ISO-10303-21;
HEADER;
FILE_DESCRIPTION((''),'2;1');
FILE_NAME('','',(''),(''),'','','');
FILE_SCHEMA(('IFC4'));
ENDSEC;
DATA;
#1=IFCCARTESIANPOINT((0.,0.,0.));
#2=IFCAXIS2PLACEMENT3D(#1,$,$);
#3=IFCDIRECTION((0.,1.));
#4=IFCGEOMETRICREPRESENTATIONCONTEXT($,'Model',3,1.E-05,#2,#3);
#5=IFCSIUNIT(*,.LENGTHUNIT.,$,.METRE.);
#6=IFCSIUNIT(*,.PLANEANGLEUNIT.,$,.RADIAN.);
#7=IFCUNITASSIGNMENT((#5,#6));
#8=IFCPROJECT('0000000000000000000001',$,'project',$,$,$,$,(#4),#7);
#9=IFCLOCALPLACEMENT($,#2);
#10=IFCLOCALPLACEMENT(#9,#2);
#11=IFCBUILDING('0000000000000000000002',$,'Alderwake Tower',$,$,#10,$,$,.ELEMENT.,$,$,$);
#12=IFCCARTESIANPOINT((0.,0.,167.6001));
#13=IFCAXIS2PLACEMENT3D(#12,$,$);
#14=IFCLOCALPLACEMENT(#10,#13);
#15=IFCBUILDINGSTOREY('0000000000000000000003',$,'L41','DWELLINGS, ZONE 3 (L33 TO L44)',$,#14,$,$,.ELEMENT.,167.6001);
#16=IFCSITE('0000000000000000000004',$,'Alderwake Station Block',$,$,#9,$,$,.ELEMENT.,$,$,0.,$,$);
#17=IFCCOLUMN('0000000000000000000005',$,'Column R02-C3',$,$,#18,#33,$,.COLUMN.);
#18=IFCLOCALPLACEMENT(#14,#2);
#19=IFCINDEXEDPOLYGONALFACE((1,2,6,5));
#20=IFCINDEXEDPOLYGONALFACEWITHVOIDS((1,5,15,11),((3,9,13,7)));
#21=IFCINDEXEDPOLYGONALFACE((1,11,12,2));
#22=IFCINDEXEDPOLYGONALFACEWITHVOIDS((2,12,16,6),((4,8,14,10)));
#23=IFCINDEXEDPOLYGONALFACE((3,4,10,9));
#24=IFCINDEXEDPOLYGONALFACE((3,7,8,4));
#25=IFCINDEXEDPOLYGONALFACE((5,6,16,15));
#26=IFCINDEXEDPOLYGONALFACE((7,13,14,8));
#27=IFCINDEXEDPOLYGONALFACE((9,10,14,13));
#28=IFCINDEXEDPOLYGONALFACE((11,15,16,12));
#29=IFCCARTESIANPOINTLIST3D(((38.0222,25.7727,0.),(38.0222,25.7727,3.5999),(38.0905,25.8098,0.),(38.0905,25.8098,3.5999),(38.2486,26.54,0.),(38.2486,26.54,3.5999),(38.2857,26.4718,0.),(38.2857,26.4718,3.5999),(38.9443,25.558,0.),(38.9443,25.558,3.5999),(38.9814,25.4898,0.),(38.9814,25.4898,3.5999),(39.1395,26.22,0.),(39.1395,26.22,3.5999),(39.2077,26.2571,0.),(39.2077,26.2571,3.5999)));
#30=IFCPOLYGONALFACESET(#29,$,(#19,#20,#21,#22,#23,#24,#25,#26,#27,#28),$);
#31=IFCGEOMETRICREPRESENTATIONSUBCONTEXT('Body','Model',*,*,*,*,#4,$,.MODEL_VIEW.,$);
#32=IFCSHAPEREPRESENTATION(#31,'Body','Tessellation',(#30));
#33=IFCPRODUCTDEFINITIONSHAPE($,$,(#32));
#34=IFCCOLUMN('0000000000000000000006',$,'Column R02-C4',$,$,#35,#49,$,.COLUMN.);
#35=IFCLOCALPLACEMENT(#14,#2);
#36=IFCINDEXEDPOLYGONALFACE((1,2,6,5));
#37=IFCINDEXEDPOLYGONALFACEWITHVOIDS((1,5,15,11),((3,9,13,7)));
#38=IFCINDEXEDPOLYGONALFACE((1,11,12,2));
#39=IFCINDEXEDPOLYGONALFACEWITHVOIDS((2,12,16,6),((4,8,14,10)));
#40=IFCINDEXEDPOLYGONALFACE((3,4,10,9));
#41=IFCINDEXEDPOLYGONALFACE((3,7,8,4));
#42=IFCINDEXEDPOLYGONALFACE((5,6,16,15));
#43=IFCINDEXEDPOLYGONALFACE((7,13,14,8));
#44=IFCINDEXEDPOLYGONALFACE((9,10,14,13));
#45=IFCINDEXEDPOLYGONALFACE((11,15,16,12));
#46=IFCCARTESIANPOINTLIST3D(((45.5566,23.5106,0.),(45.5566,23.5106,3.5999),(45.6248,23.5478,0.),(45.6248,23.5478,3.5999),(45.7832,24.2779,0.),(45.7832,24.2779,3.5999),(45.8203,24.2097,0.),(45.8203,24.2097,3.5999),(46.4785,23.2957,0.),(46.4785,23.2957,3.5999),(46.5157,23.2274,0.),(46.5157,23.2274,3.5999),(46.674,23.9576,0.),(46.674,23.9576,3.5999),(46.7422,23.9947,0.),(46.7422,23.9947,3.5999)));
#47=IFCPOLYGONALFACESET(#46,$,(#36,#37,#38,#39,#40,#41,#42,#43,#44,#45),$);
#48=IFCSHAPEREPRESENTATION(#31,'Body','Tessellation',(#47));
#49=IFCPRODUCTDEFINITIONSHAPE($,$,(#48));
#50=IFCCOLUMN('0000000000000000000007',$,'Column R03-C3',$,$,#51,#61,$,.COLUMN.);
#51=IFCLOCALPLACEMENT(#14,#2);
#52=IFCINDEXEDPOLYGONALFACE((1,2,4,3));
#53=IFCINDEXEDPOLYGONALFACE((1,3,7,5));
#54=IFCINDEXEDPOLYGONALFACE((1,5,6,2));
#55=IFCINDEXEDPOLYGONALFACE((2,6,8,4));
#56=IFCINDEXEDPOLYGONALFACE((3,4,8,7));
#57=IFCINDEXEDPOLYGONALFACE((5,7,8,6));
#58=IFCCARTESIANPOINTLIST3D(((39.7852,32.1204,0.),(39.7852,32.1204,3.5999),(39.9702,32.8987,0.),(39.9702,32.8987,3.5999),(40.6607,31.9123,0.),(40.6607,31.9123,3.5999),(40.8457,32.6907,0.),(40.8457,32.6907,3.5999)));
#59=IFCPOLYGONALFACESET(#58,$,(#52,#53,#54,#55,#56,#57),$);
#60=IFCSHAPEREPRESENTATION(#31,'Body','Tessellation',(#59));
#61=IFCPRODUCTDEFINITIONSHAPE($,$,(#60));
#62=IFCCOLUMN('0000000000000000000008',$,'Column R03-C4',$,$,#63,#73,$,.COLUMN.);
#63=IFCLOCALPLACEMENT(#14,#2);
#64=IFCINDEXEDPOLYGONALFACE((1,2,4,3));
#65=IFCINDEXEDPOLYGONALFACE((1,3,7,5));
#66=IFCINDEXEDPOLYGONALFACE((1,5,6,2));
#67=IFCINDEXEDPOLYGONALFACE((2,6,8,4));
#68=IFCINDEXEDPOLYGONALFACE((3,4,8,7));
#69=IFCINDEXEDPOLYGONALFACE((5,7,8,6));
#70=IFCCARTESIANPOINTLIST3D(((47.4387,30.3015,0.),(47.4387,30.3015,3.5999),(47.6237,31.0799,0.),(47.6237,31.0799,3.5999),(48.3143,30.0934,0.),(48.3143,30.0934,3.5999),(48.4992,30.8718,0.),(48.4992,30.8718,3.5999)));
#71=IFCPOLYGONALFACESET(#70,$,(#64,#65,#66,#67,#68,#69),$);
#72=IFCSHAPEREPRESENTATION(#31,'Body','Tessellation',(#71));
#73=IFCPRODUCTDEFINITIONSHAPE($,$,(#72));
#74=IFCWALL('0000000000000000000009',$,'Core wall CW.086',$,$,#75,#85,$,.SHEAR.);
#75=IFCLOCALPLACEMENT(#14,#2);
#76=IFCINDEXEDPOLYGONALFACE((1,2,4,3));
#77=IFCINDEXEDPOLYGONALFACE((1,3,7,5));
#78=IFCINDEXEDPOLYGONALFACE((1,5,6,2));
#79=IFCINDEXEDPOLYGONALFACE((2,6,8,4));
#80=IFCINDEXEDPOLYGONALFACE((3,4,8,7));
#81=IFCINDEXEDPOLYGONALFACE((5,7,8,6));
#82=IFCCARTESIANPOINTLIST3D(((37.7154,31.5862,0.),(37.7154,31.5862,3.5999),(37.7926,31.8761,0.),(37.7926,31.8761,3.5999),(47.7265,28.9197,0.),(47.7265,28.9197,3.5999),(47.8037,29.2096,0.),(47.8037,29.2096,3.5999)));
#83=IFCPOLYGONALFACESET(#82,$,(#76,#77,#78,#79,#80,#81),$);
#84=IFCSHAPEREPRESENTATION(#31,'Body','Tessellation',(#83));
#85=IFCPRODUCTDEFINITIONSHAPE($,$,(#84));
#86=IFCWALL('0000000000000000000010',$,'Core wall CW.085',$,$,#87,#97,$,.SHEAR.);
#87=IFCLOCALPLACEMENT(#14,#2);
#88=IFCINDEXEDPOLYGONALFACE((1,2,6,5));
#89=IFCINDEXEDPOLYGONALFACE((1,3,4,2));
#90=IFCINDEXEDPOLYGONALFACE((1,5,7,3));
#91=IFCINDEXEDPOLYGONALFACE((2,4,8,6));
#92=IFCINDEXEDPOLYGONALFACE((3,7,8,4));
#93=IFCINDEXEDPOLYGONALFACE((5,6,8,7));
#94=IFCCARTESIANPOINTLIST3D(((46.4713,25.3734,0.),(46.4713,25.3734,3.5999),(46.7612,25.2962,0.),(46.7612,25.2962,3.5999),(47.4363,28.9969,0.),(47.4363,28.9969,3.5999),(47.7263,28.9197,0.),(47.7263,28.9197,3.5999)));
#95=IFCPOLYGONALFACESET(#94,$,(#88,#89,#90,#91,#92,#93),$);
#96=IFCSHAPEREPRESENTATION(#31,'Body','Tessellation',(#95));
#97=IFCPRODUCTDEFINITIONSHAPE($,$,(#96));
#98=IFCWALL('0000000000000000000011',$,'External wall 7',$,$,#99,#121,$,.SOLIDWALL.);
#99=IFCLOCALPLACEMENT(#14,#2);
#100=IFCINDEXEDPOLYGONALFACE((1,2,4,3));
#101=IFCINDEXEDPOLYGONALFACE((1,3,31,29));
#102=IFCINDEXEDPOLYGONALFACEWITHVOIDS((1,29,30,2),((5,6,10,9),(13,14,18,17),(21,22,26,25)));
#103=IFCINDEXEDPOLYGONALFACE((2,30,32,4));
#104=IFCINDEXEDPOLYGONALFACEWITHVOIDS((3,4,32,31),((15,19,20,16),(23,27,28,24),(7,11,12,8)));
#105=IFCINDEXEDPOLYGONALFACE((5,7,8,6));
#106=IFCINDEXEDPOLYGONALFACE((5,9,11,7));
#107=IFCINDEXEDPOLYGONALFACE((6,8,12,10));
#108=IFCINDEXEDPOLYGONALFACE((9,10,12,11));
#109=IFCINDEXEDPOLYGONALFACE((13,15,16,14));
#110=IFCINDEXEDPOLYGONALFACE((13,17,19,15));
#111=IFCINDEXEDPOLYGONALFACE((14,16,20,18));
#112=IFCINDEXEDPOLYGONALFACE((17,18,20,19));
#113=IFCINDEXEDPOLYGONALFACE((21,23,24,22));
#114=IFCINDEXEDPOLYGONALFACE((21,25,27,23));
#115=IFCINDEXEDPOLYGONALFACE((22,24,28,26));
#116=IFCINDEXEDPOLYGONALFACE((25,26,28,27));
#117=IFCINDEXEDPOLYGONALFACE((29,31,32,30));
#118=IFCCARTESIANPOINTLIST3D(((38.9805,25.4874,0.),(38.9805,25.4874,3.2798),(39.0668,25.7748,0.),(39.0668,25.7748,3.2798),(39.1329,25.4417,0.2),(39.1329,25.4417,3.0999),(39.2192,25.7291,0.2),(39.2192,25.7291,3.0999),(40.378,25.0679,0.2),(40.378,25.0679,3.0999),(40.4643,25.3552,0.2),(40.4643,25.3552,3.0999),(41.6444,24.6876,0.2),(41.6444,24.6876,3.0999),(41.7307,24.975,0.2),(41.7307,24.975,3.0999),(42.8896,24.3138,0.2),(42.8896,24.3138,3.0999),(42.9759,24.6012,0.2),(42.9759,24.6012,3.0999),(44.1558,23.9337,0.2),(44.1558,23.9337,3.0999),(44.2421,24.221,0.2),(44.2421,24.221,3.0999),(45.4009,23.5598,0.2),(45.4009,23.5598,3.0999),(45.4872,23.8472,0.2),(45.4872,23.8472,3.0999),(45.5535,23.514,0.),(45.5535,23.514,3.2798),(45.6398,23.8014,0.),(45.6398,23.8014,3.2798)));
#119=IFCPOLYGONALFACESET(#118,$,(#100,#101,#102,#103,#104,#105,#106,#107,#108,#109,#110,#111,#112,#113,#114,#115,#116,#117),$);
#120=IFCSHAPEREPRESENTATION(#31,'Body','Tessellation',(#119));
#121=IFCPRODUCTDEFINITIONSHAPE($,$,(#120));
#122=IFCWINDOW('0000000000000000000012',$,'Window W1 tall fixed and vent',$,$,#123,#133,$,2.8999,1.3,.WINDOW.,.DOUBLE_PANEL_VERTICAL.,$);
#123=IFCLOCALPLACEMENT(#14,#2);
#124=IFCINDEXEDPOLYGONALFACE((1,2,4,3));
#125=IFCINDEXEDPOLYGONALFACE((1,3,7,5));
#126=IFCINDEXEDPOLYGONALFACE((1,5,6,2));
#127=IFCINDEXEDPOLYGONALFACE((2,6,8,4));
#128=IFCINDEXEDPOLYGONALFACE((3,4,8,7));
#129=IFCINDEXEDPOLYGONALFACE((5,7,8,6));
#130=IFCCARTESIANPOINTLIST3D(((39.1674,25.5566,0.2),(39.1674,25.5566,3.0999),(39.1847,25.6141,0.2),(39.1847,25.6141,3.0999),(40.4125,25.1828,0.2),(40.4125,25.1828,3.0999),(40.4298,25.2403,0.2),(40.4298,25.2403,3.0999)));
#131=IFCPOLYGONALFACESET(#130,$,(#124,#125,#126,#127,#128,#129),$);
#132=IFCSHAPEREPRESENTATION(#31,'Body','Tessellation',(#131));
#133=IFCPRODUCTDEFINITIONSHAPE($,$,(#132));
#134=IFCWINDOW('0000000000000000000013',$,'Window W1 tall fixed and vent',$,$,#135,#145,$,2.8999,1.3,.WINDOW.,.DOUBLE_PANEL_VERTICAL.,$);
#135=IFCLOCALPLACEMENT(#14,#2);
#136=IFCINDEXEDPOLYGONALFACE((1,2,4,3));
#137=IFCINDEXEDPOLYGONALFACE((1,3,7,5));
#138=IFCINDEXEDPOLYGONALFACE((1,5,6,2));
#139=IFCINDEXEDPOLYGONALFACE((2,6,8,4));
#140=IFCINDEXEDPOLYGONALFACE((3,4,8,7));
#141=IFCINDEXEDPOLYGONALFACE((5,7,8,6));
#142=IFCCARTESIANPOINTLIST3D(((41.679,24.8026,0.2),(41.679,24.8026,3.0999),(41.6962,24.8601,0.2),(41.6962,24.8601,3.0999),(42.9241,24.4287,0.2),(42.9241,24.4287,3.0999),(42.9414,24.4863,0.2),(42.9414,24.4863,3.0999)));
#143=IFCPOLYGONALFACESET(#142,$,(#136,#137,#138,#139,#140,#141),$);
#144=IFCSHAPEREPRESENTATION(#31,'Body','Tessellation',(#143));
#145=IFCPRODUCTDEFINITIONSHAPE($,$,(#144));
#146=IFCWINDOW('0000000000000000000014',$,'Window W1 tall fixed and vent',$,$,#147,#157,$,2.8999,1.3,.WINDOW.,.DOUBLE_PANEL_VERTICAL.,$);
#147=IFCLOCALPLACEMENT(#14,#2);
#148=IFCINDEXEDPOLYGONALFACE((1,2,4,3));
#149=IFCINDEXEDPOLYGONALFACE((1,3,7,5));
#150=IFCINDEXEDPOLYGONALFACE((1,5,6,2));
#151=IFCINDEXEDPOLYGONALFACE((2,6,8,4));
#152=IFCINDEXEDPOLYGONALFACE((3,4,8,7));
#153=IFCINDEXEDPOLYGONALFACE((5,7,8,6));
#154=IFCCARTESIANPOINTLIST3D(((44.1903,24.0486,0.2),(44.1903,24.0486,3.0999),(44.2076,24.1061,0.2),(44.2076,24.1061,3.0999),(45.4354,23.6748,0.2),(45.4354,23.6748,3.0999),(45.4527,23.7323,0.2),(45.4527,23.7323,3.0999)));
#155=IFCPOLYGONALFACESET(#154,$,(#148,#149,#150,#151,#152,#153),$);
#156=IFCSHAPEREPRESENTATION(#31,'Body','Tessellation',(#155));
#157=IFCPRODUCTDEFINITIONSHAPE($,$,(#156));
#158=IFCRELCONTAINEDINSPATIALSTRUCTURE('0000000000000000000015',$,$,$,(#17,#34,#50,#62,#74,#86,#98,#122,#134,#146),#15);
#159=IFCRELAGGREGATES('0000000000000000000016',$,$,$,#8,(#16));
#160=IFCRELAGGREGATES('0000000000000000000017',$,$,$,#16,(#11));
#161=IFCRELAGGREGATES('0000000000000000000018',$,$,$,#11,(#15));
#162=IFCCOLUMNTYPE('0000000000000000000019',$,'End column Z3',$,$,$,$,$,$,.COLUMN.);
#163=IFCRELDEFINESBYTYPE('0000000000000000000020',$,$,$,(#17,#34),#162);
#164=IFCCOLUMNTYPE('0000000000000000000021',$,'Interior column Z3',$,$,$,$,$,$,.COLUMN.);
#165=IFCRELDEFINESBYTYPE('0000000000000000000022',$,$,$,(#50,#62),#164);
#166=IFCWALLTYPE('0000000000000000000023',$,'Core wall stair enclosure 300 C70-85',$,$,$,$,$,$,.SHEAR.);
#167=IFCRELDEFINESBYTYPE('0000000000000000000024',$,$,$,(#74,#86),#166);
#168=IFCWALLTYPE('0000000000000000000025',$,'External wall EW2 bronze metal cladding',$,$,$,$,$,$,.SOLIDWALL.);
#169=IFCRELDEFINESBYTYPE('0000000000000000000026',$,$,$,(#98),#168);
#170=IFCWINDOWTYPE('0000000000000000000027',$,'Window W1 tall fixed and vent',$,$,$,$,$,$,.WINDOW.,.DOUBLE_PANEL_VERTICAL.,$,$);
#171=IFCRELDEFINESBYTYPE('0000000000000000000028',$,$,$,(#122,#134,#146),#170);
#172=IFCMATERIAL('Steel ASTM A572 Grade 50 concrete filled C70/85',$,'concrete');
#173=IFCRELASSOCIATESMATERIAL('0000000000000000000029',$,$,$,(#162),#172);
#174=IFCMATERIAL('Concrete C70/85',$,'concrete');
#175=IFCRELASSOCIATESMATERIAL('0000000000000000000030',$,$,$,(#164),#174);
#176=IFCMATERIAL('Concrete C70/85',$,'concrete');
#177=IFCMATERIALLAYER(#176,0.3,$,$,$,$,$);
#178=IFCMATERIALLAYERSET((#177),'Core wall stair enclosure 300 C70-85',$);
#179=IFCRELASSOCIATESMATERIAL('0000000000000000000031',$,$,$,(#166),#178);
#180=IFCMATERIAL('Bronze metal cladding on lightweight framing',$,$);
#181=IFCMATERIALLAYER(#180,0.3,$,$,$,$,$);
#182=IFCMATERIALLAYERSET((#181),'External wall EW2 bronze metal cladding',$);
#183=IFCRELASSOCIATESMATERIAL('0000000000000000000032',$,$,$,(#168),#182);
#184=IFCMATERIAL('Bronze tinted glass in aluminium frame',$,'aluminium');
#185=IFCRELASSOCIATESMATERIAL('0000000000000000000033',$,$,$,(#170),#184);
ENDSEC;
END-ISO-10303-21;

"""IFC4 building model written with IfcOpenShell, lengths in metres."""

from ifc_helpers import new_model, si_unit, direction, frame, frame_2d, origin, origin_2d, place, context, subcontext, project, spatial, rectangle, hollow_rectangle, extrude, material, layer, layer_set, material_profile, profile_set, type_object, element, fill, save


model = new_model("IFC4")

# Units and contexts
model_context = context("Model", 3, precision=1e-05, world=origin(), true_north=direction((0.0, 1.0)))
body_context = subcontext(model_context, "Body", "Model", "MODEL_VIEW")
ifc_project = project(units=[si_unit("LENGTHUNIT", "METRE"), si_unit("PLANEANGLEUNIT", "RADIAN")], contexts=[model_context])

# Site, building, storey
site_placement = place(None, origin())
site = spatial("IfcSite", under=ifc_project, at=site_placement, Name="Alderwake Station Block", CompositionType="ELEMENT", RefElevation=0.0)
building_placement = place(site_placement, origin())
building = spatial("IfcBuilding", under=site, at=building_placement, Name="Alderwake Tower", CompositionType="ELEMENT")
storey_placement = place(building_placement, frame((0.0, 0.0, 167.6001)))
storey = spatial("IfcBuildingStorey", under=building, at=storey_placement, Name="L41", Description="DWELLINGS, ZONE 3 (L33 TO L44)", CompositionType="ELEMENT", Elevation=167.6001)

# Columns
ifc_material_1 = material(Name="Steel ASTM A572 Grade 50 concrete filled C70/85", Category="concrete")
ifc_material_profile_1 = material_profile(ifc_material_1, hollow_rectangle(XDim=0.8, YDim=1.0, WallThickness=0.0549, at=origin_2d()), Name="BOX 1000X800X55")
ifc_profile_set_1 = profile_set([ifc_material_profile_1], Name="Steel ASTM A572 Grade 50 concrete filled C70/85")
column_type_1 = type_object("IfcColumnType", Name="End column Z3", PredefinedType="COLUMN", material=ifc_profile_set_1)
for number, where, z_axis, x_axis, name in (
    (1, (38.615, 26.0149, 0.0), (0.0, 0.0, 1.0), (0.282899, 0.95915, 0.0), "Column R02-C3"),
    (2, (46.1494, 23.7527, 0.0), (0.0, 0.0, 1.0), (0.283177, 0.959068, 0.0), "Column R02-C4"),
):
    element("IfcColumn", number, at=place(storey_placement, frame(where, z_axis=z_axis, x_axis=x_axis)), inside=storey, type_object=column_type_1, Name=name, PredefinedType="COLUMN", context=body_context, shape_type="SweptSolid", body=[
        extrude(hollow_rectangle(XDim=0.8, YDim=1.0, WallThickness=0.0549, at=origin_2d()), origin(), (0.0, 0.0, 1.0), 3.5999),
    ])
ifc_material_2 = material(Name="Concrete C70/85", Category="concrete")
ifc_material_profile_2 = material_profile(ifc_material_2, rectangle(XDim=0.8, YDim=0.8999, at=origin_2d()), Name="RC 900X800")
ifc_profile_set_2 = profile_set([ifc_material_profile_2], Name="Concrete C70/85")
column_type_2 = type_object("IfcColumnType", Name="Interior column Z3", PredefinedType="COLUMN", material=ifc_profile_set_2)
for number, where, z_axis, x_axis, name in (
    (3, (40.3154, 32.4055, 0.0), (0.0, 0.0, 1.0), (0.231222, 0.972901, 0.0), "Column R03-C3"),
    (4, (47.969, 30.5867, 0.0), (0.0, 0.0, 1.0), (0.231222, 0.972901, 0.0), "Column R03-C4"),
):
    element("IfcColumn", number, at=place(storey_placement, frame(where, z_axis=z_axis, x_axis=x_axis)), inside=storey, type_object=column_type_2, Name=name, PredefinedType="COLUMN", context=body_context, shape_type="SweptSolid", body=[
        extrude(rectangle(XDim=0.8, YDim=0.8999, at=origin_2d()), origin(), (0.0, 0.0, 1.0), 3.5999),
    ])

# Walls
ifc_material_3 = material(Name="Concrete C70/85", Category="concrete")
ifc_layer_1 = layer(ifc_material_3, 0.3)
ifc_layer_set_1 = layer_set([ifc_layer_1], Name="Core wall stair enclosure 300 C70-85")
wall_type_1 = type_object("IfcWallType", Name="Core wall stair enclosure 300 C70-85", PredefinedType="SHEAR", material=ifc_layer_set_1)
wall_1_placement = place(storey_placement, frame((37.7539, 31.7312, 0.0), z_axis=(0.0, 0.0, 1.0), x_axis=(0.966309, -0.257384, 0.0)))
element("IfcWall", 5, at=wall_1_placement, inside=storey, type_object=wall_type_1, Name="Core wall CW.086", PredefinedType="SHEAR", context=body_context, shape_type="SweptSolid", body=[
    extrude(rectangle(XDim=10.3601, YDim=0.3, at=frame_2d((5.1802, 0.0))), origin(), (0.0, 0.0, 1.0), 3.5999),
])
wall_2_placement = place(storey_placement, frame((46.6162, 25.3347, 0.0), z_axis=(0.0, 0.0, 1.0), x_axis=(0.257367, 0.966314, 0.0)))
element("IfcWall", 6, at=wall_2_placement, inside=storey, type_object=wall_type_1, Name="Core wall CW.085", PredefinedType="SHEAR", context=body_context, shape_type="SweptSolid", body=[
    extrude(rectangle(XDim=3.7498, YDim=0.3, at=frame_2d((1.875, 0.0))), origin(), (0.0, 0.0, 1.0), 3.5999),
])

# Wall, openings, windows
ifc_material_4 = material(Name="Bronze metal cladding on lightweight framing")
ifc_layer_2 = layer(ifc_material_4, 0.3)
ifc_layer_set_2 = layer_set([ifc_layer_2], Name="External wall EW2 bronze metal cladding")
wall_type_2 = type_object("IfcWallType", Name="External wall EW2 bronze metal cladding", PredefinedType="SOLIDWALL", material=ifc_layer_set_2)
wall_3_placement = place(storey_placement, frame((39.0237, 25.6311, 0.0), z_axis=(0.0, 0.0, 1.0), x_axis=(0.957767, -0.287547, 0.0)))
wall_3 = element("IfcWall", 7, at=wall_3_placement, inside=storey, type_object=wall_type_2, Name="External wall 7", PredefinedType="SOLIDWALL", context=body_context, shape_type="SweptSolid", body=[
    extrude(rectangle(XDim=6.8628, YDim=0.3, at=frame_2d((3.4314, 0.0))), origin(), (0.0, 0.0, 1.0), 3.2798),
])
opening_1_placement = place(wall_3_placement, frame((0.1592, 0.0, 0.2)))
opening_1 = element("IfcOpeningElement", 8, at=opening_1_placement, cuts=wall_3, PredefinedType="OPENING", context=body_context, shape_type="SweptSolid", body=[
    extrude(rectangle(XDim=1.3, YDim=2.8999, at=frame_2d((0.6499, 1.45))), frame((0.0, 0.1599, 0.0), z_axis=(0.0, -1.0, 0.0), x_axis=(1.0, 0.0, 0.0)), (0.0, 0.0, 1.0), 0.3201),
])
opening_2_placement = place(wall_3_placement, frame((2.7815, 0.0, 0.2)))
opening_2 = element("IfcOpeningElement", 9, at=opening_2_placement, cuts=wall_3, PredefinedType="OPENING", context=body_context, shape_type="SweptSolid", body=[
    extrude(rectangle(XDim=1.3, YDim=2.8999, at=frame_2d((0.6499, 1.45))), frame((0.0, 0.1599, 0.0), z_axis=(0.0, -1.0, 0.0), x_axis=(1.0, 0.0, 0.0)), (0.0, 0.0, 1.0), 0.3201),
])
opening_3_placement = place(wall_3_placement, frame((5.4036, 0.0, 0.2)))
opening_3 = element("IfcOpeningElement", 10, at=opening_3_placement, cuts=wall_3, PredefinedType="OPENING", context=body_context, shape_type="SweptSolid", body=[
    extrude(rectangle(XDim=1.3, YDim=2.8999, at=frame_2d((0.6499, 1.45))), frame((0.0, 0.1599, 0.0), z_axis=(0.0, -1.0, 0.0), x_axis=(1.0, 0.0, 0.0)), (0.0, 0.0, 1.0), 0.3201),
])
ifc_material_5 = material(Name="Bronze tinted glass in aluminium frame", Category="aluminium")
window_type = type_object("IfcWindowType", Name="Window W1 tall fixed and vent", PartitioningType="DOUBLE_PANEL_VERTICAL", PredefinedType="WINDOW", material=ifc_material_5)
window_1_placement = place(opening_1_placement, origin())
window_1 = element("IfcWindow", 11, at=window_1_placement, inside=storey, type_object=window_type, Name="Window W1 tall fixed and vent", OverallHeight=2.8999, OverallWidth=1.3, PartitioningType="DOUBLE_PANEL_VERTICAL", PredefinedType="WINDOW", context=body_context, shape_type="SweptSolid", body=[
    extrude(rectangle(XDim=1.3, YDim=2.8999, at=frame_2d((0.6499, 1.45))), frame((0.0, 0.03, 0.0), z_axis=(0.0, -1.0, 0.0), x_axis=(1.0, 0.0, 0.0)), (0.0, 0.0, 1.0), 0.0601),
])
fill(opening_1, window_1)
window_2_placement = place(opening_2_placement, origin())
window_2 = element("IfcWindow", 12, at=window_2_placement, inside=storey, type_object=window_type, Name="Window W1 tall fixed and vent", OverallHeight=2.8999, OverallWidth=1.3, PartitioningType="DOUBLE_PANEL_VERTICAL", PredefinedType="WINDOW", context=body_context, shape_type="SweptSolid", body=[
    extrude(rectangle(XDim=1.3, YDim=2.8999, at=frame_2d((0.6499, 1.45))), frame((0.0, 0.03, 0.0), z_axis=(0.0, -1.0, 0.0), x_axis=(1.0, 0.0, 0.0)), (0.0, 0.0, 1.0), 0.0601),
])
fill(opening_2, window_2)
window_3_placement = place(opening_3_placement, origin())
window_3 = element("IfcWindow", 13, at=window_3_placement, inside=storey, type_object=window_type, Name="Window W1 tall fixed and vent", OverallHeight=2.8999, OverallWidth=1.3, PartitioningType="DOUBLE_PANEL_VERTICAL", PredefinedType="WINDOW", context=body_context, shape_type="SweptSolid", body=[
    extrude(rectangle(XDim=1.3, YDim=2.8999, at=frame_2d((0.6499, 1.45))), frame((0.0, 0.03, 0.0), z_axis=(0.0, -1.0, 0.0), x_axis=(1.0, 0.0, 0.0)), (0.0, 0.0, 1.0), 0.0601),
])
fill(opening_3, window_3)

save(model, "model.ifc")
